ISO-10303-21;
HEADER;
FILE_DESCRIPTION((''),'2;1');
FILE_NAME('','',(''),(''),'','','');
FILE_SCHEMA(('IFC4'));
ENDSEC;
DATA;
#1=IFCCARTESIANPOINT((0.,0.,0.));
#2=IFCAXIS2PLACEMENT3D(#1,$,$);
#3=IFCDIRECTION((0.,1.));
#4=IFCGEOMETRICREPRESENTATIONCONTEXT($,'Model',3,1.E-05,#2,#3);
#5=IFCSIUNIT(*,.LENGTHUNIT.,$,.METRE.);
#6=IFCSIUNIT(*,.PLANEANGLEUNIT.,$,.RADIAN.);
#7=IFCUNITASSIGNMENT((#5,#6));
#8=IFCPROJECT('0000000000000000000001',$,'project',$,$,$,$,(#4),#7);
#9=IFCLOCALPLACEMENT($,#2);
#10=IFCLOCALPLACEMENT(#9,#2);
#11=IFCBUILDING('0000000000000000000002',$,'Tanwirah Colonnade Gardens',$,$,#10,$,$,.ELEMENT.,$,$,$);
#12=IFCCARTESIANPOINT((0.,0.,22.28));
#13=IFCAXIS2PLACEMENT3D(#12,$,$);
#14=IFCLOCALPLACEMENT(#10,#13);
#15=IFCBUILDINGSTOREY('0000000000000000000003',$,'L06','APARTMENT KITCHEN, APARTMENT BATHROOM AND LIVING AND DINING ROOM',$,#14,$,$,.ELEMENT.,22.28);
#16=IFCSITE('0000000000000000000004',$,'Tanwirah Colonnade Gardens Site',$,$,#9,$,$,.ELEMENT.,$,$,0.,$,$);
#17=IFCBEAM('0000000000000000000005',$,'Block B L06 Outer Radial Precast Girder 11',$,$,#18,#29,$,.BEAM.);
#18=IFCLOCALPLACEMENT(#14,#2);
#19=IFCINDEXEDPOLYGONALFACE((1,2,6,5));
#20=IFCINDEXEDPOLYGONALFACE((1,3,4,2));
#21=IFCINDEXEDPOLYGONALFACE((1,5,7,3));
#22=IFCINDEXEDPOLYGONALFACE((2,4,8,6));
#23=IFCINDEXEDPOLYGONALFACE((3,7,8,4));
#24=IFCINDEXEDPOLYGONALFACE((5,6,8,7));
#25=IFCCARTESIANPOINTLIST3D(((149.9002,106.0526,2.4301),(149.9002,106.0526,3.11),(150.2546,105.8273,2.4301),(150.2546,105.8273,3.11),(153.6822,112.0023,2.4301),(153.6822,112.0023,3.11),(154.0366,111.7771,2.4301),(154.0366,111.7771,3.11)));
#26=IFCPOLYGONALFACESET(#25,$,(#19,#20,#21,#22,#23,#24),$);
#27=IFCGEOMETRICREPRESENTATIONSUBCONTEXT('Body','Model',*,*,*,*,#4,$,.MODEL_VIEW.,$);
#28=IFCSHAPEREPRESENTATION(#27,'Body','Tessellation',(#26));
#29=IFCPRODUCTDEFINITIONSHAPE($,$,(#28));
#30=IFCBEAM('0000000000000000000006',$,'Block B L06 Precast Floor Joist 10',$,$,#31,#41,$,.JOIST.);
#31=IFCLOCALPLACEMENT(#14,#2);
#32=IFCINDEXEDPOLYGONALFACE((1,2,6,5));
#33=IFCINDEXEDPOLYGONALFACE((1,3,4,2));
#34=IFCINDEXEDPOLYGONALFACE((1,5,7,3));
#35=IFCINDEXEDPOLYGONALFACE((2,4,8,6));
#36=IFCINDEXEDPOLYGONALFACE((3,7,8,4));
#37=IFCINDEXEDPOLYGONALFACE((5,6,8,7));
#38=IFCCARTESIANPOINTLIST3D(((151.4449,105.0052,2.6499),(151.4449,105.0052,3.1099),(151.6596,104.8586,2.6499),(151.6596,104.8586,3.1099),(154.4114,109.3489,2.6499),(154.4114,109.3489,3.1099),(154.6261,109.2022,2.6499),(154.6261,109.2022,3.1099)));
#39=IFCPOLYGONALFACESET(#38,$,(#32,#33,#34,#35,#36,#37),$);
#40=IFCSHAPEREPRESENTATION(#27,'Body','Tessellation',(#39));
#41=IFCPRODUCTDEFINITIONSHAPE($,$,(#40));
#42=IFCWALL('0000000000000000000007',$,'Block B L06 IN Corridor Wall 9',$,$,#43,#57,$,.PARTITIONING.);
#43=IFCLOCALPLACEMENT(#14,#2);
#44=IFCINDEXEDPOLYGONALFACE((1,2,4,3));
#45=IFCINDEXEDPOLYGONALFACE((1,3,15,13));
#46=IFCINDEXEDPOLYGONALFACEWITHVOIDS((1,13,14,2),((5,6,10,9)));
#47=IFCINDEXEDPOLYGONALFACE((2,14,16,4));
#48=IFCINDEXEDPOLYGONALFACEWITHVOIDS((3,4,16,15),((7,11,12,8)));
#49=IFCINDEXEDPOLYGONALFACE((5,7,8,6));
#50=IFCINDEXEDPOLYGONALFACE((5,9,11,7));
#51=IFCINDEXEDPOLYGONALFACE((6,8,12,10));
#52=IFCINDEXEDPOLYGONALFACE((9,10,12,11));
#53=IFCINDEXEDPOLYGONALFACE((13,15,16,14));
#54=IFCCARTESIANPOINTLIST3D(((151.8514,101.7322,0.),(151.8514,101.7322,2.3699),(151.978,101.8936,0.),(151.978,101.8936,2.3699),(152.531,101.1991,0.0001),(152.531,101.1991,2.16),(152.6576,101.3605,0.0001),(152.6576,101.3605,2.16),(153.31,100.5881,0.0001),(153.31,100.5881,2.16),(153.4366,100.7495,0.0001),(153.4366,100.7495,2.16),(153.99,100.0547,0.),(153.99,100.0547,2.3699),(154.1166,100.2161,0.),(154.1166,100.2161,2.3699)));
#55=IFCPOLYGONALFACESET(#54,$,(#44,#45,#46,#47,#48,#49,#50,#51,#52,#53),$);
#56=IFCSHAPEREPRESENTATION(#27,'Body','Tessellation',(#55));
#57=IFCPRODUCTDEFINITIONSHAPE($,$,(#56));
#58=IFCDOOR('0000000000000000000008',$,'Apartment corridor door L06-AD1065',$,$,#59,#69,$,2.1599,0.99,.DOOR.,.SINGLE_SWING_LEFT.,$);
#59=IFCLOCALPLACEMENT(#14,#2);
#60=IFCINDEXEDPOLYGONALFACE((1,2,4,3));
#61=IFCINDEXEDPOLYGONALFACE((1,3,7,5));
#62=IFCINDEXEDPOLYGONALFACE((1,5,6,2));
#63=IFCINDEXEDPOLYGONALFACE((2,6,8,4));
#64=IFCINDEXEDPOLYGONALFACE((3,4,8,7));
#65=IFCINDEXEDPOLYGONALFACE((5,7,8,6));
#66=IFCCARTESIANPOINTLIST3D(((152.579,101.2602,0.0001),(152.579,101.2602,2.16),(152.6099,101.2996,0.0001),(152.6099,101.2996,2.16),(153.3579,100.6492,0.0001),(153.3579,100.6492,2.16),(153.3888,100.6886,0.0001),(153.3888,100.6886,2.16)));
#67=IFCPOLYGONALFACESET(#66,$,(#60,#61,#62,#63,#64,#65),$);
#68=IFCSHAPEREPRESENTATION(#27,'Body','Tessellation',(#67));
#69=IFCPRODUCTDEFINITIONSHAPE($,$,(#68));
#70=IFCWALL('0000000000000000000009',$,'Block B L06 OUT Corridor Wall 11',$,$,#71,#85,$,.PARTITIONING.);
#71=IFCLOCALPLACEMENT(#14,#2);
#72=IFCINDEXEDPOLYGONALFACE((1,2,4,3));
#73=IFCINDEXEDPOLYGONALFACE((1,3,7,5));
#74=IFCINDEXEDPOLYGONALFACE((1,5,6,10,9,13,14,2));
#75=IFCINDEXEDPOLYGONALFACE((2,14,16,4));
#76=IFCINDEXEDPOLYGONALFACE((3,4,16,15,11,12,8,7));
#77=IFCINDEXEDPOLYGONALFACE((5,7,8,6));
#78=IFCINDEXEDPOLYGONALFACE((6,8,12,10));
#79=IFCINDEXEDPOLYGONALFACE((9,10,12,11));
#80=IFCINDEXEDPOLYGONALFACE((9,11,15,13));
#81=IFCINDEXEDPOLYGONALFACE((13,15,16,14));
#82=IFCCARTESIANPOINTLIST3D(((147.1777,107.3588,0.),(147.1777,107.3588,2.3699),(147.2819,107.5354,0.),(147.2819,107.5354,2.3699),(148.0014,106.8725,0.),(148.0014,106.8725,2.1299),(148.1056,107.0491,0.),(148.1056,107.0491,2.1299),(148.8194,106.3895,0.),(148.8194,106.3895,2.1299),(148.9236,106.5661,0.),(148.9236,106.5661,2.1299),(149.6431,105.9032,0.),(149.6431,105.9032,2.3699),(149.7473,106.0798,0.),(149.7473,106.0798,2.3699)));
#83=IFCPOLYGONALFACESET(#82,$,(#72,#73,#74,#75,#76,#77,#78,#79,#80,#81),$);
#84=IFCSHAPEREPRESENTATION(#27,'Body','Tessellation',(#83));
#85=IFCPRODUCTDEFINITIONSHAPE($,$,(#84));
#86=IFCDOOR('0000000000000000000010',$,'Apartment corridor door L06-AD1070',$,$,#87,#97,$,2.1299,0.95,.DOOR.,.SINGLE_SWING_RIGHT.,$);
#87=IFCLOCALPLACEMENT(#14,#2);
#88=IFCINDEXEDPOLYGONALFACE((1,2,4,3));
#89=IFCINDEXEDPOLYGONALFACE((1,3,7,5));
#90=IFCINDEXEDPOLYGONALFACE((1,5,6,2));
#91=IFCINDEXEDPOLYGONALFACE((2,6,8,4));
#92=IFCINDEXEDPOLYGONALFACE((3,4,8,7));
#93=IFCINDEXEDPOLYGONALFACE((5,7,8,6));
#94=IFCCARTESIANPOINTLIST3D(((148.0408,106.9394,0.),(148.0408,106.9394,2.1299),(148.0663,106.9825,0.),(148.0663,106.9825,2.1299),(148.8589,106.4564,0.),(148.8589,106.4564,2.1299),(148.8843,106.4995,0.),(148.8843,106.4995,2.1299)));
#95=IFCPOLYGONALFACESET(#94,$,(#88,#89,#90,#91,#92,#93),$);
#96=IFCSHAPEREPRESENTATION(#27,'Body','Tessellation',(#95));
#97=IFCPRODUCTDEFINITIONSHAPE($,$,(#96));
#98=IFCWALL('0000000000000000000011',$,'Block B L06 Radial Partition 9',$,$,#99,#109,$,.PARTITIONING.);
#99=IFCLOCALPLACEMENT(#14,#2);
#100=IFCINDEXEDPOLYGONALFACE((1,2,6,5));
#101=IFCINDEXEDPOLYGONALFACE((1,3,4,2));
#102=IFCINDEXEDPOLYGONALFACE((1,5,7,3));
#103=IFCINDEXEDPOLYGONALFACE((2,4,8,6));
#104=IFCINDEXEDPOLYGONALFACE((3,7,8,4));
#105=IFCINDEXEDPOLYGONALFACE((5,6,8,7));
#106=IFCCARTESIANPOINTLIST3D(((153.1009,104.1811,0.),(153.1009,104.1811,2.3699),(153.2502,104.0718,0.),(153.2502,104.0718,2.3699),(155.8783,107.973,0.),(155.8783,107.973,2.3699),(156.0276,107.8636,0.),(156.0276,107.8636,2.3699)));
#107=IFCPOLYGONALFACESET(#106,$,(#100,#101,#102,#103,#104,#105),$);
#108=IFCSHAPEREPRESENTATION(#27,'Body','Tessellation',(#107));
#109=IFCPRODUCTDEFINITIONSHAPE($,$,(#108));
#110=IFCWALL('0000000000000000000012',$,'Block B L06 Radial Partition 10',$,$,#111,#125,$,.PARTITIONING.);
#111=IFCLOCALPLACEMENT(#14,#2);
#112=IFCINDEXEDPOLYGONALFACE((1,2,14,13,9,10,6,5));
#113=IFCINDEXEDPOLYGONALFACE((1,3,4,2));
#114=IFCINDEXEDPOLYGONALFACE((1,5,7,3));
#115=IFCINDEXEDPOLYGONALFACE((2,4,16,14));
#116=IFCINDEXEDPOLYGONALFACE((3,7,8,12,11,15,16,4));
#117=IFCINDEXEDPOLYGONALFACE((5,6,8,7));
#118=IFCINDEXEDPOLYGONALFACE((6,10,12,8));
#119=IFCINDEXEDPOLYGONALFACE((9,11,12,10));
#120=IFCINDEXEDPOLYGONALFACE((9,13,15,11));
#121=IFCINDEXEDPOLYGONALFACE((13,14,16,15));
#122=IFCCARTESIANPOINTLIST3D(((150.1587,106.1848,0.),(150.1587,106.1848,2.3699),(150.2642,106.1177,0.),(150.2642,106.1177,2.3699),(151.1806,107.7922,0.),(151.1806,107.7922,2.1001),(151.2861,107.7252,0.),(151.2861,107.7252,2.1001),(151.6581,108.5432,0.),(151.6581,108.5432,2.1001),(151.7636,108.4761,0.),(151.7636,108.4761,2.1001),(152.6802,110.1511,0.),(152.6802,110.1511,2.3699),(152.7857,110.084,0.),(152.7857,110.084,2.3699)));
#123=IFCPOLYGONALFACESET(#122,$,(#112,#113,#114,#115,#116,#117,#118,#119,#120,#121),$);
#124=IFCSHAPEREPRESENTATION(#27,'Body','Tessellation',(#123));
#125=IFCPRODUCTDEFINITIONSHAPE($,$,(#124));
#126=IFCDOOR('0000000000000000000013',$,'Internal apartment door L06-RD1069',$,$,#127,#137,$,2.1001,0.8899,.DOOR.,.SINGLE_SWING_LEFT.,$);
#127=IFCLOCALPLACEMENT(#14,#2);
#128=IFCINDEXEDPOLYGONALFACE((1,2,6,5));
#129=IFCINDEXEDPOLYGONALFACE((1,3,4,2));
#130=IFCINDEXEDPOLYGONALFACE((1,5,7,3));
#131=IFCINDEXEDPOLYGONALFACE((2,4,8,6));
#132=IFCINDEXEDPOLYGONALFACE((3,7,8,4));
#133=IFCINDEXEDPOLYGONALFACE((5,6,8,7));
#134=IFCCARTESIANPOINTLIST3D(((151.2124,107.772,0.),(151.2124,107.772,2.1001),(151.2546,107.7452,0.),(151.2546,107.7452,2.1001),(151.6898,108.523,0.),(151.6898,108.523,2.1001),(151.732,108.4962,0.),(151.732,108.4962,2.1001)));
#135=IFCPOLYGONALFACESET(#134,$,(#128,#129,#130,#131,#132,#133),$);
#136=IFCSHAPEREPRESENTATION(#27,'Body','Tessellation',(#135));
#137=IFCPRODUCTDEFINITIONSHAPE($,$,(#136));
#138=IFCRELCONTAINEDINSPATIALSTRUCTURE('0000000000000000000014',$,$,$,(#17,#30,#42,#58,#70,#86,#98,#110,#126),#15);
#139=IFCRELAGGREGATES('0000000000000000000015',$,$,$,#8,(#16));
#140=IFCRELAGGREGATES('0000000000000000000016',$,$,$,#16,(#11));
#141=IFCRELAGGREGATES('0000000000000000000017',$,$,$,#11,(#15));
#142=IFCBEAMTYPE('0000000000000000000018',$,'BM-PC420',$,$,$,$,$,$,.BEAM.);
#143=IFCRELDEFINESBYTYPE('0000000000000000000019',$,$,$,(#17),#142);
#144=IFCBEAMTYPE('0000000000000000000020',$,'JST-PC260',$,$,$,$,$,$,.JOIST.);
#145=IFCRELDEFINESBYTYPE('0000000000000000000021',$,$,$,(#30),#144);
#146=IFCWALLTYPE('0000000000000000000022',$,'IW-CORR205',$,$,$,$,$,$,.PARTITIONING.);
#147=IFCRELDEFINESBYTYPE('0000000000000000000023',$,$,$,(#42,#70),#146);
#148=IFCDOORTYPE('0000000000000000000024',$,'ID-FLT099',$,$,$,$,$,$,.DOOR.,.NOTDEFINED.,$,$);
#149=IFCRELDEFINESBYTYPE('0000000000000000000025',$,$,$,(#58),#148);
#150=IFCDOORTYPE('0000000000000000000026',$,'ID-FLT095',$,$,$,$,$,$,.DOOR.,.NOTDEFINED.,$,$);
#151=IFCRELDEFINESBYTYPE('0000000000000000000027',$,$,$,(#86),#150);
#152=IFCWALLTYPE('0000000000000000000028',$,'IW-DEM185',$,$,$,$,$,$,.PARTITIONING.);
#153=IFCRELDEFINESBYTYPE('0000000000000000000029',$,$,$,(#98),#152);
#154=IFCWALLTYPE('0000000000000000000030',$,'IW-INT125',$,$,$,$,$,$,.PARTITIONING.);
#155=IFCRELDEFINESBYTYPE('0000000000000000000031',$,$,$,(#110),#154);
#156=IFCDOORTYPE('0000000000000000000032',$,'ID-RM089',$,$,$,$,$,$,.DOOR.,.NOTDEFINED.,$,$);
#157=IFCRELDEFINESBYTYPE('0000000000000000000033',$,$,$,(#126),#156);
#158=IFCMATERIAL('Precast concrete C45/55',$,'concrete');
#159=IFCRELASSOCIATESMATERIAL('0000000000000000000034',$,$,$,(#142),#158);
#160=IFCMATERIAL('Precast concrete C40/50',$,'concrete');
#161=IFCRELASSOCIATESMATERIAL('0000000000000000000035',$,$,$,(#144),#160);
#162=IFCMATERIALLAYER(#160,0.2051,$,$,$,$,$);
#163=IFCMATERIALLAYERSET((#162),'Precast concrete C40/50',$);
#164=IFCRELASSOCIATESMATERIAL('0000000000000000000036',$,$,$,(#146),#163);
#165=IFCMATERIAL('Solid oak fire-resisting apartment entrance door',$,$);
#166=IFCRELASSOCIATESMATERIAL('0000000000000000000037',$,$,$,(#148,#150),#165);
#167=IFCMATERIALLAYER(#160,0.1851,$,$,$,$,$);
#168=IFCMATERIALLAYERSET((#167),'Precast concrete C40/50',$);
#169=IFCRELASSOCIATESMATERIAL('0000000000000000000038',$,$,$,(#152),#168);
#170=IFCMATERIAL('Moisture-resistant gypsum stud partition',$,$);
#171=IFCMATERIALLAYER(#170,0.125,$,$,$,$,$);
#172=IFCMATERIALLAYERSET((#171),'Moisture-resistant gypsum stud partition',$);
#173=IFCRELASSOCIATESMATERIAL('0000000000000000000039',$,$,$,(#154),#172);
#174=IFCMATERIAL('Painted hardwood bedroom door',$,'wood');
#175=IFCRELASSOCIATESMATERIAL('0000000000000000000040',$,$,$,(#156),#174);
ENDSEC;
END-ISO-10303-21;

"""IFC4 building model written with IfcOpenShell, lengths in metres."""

from ifc_helpers import new_model, si_unit, direction, frame, frame_2d, origin, origin_2d, place, context, subcontext, project, spatial, rectangle, extrude, material, layer, layer_set, material_profile, profile_set, type_object, element, fill, save


model = new_model("IFC4")

# Units and contexts
model_context = context("Model", 3, precision=1e-05, world=origin(), true_north=direction((0.0, 1.0)))
body_context = subcontext(model_context, "Body", "Model", "MODEL_VIEW")
ifc_project = project(units=[si_unit("LENGTHUNIT", "METRE"), si_unit("PLANEANGLEUNIT", "RADIAN")], contexts=[model_context])

# Site, building, storey
site_placement = place(None, origin())
site = spatial("IfcSite", under=ifc_project, at=site_placement, Name="Tanwirah Colonnade Gardens Site", CompositionType="ELEMENT", RefElevation=0.0)
building_placement = place(site_placement, origin())
building = spatial("IfcBuilding", under=site, at=building_placement, Name="Tanwirah Colonnade Gardens", CompositionType="ELEMENT")
storey_placement = place(building_placement, frame((0.0, 0.0, 22.28)))
storey = spatial("IfcBuildingStorey", under=building, at=storey_placement, Name="L06", Description="APARTMENT KITCHEN, APARTMENT BATHROOM AND LIVING AND DINING ROOM", CompositionType="ELEMENT", Elevation=22.28)

# Shared definitions
ifc_material_1 = material(Name="Precast concrete C45/55", Category="concrete")

# Beams
ifc_material_2 = material(Name="Precast concrete C40/50", Category="concrete")
ifc_material_profile_1 = material_profile(ifc_material_1, rectangle(XDim=0.4199, YDim=0.6799, at=origin_2d()), Name="PC-BM 420x680")
ifc_profile_set_1 = profile_set([ifc_material_profile_1], Name="Precast concrete C45/55")
beam_type_1 = type_object("IfcBeamType", Name="BM-PC420", PredefinedType="BEAM", material=ifc_profile_set_1)
beam_1_placement = place(storey_placement, frame((150.0774, 105.9399, 2.77), z_axis=(0.536452, 0.843931, 0.0), x_axis=(-0.843931, 0.536452, 0.0)))
element("IfcBeam", 1, at=beam_1_placement, inside=storey, type_object=beam_type_1, Name="Block B L06 Outer Radial Precast Girder 11", PredefinedType="BEAM", context=body_context, shape_type="SweptSolid", body=[
    extrude(rectangle(XDim=0.4199, YDim=0.6799, at=origin_2d()), origin(), (0.0, 0.0, 1.0), 7.05),
])
ifc_material_profile_2 = material_profile(ifc_material_2, rectangle(XDim=0.26, YDim=0.46, at=origin_2d()), Name="PC-JST 260x460")
ifc_profile_set_2 = profile_set([ifc_material_profile_2], Name="Precast concrete C40/50")
beam_type_2 = type_object("IfcBeamType", Name="JST-PC260", PredefinedType="JOIST", material=ifc_profile_set_2)
beam_2_placement = place(storey_placement, frame((151.5522, 104.9319, 2.8799), z_axis=(0.563973, 0.825793, 0.0), x_axis=(-0.825793, 0.563973, 0.0)))
element("IfcBeam", 2, at=beam_2_placement, inside=storey, type_object=beam_type_2, Name="Block B L06 Precast Floor Joist 10", PredefinedType="JOIST", context=body_context, shape_type="SweptSolid", body=[
    extrude(rectangle(XDim=0.26, YDim=0.46, at=origin_2d()), origin(), (0.0, 0.0, 1.0), 5.26),
])

# Walls, openings, doors
ifc_layer_1 = layer(ifc_material_2, 0.2051)
ifc_layer_set_1 = layer_set([ifc_layer_1], Name="Precast concrete C40/50")
wall_type_1 = type_object("IfcWallType", Name="IW-CORR205", PredefinedType="PARTITIONING", material=ifc_layer_set_1)
wall_1_placement = place(storey_placement, frame((154.0532, 100.1355, 0.0), z_axis=(0.0, 0.0, 1.0), x_axis=(-0.786835, 0.617163, 0.0)))
wall_1 = element("IfcWall", 3, at=wall_1_placement, inside=storey, type_object=wall_type_1, Name="Block B L06 IN Corridor Wall 9", PredefinedType="PARTITIONING", context=body_context, shape_type="SweptSolid", body=[
    extrude(rectangle(XDim=2.718, YDim=0.2051, at=frame_2d((1.3589, 0.0))), origin(), (0.0, 0.0, 1.0), 2.3699),
])
opening_1_placement = place(wall_1_placement, frame((0.864, 0.0, 0.0)))
opening_1 = element("IfcOpeningElement", 4, at=opening_1_placement, cuts=wall_1, PredefinedType="OPENING", context=body_context, shape_type="SweptSolid", body=[
    extrude(rectangle(XDim=0.99, YDim=2.1599, at=frame_2d((0.4951, 1.0801))), frame((0.0, 0.1125, 0.0), z_axis=(0.0, -1.0, 0.0), x_axis=(1.0, 0.0, 0.0)), (0.0, 0.0, 1.0), 0.2251),
])
ifc_material_3 = material(Name="Solid oak fire-resisting apartment entrance door")
door_type_1 = type_object("IfcDoorType", Name="ID-FLT099", OperationType="NOTDEFINED", PredefinedType="DOOR", material=ifc_material_3)
door_1_placement = place(opening_1_placement, origin())
door_1 = element("IfcDoor", 5, at=door_1_placement, inside=storey, type_object=door_type_1, Name="Apartment corridor door L06-AD1065", OperationType="SINGLE_SWING_LEFT", OverallHeight=2.1599, OverallWidth=0.99, PredefinedType="DOOR", context=body_context, shape_type="SweptSolid", body=[
    extrude(rectangle(XDim=0.99, YDim=2.1599, at=frame_2d((0.4951, 1.0801))), frame((0.0, 0.0249, 0.0), z_axis=(0.0, -1.0, 0.0), x_axis=(1.0, 0.0, 0.0)), (0.0, 0.0, 1.0), 0.05),
])
fill(opening_1, door_1)
wall_2_placement = place(storey_placement, frame((149.6953, 105.9915, 0.0), z_axis=(0.0, 0.0, 1.0), x_axis=(-0.861113, 0.508413, 0.0)))
wall_2 = element("IfcWall", 6, at=wall_2_placement, inside=storey, type_object=wall_type_1, Name="Block B L06 OUT Corridor Wall 11", PredefinedType="PARTITIONING", context=body_context, shape_type="SweptSolid", body=[
    extrude(rectangle(XDim=2.863, YDim=0.2051, at=frame_2d((1.4316, 0.0))), origin(), (0.0, 0.0, 1.0), 2.3699),
])
opening_2_placement = place(wall_2_placement, frame((0.9565, 0.0, 0.0)))
opening_2 = element("IfcOpeningElement", 7, at=opening_2_placement, cuts=wall_2, PredefinedType="OPENING", context=body_context, shape_type="SweptSolid", body=[
    extrude(rectangle(XDim=0.95, YDim=2.1299, at=frame_2d((0.4751, 1.0649))), frame((0.0, 0.1125, 0.0), z_axis=(0.0, -1.0, 0.0), x_axis=(1.0, 0.0, 0.0)), (0.0, 0.0, 1.0), 0.2251),
])
door_type_2 = type_object("IfcDoorType", Name="ID-FLT095", OperationType="NOTDEFINED", PredefinedType="DOOR", material=ifc_material_3)
door_2_placement = place(opening_2_placement, origin())
door_2 = element("IfcDoor", 8, at=door_2_placement, inside=storey, type_object=door_type_2, Name="Apartment corridor door L06-AD1070", OperationType="SINGLE_SWING_RIGHT", OverallHeight=2.1299, OverallWidth=0.95, PredefinedType="DOOR", context=body_context, shape_type="SweptSolid", body=[
    extrude(rectangle(XDim=0.95, YDim=2.1299, at=frame_2d((0.4751, 1.0649))), frame((0.0, 0.0249, 0.0), z_axis=(0.0, -1.0, 0.0), x_axis=(1.0, 0.0, 0.0)), (0.0, 0.0, 1.0), 0.05),
])
fill(opening_2, door_2)

# Wall
ifc_layer_2 = layer(ifc_material_2, 0.1851)
ifc_layer_set_2 = layer_set([ifc_layer_2], Name="Precast concrete C40/50")
wall_type_2 = type_object("IfcWallType", Name="IW-DEM185", PredefinedType="PARTITIONING", material=ifc_layer_set_2)
wall_3_placement = place(storey_placement, frame((153.1755, 104.1265, 0.0), z_axis=(0.0, 0.0, 1.0), x_axis=(0.590911, 0.806737, 0.0)))
element("IfcWall", 9, at=wall_3_placement, inside=storey, type_object=wall_type_2, Name="Block B L06 Radial Partition 9", PredefinedType="PARTITIONING", context=body_context, shape_type="SweptSolid", body=[
    extrude(rectangle(XDim=4.7002, YDim=0.1851, at=frame_2d((2.3501, 0.0))), origin(), (0.0, 0.0, 1.0), 2.3699),
])

# Wall, opening, door
ifc_material_4 = material(Name="Moisture-resistant gypsum stud partition")
ifc_layer_3 = layer(ifc_material_4, 0.125)
ifc_layer_set_3 = layer_set([ifc_layer_3], Name="Moisture-resistant gypsum stud partition")
wall_type_3 = type_object("IfcWallType", Name="IW-INT125", PredefinedType="PARTITIONING", material=ifc_layer_set_3)
wall_4_placement = place(storey_placement, frame((150.2114, 106.1511, 0.0), z_axis=(0.0, 0.0, 1.0), x_axis=(0.536492, 0.843905, 0.0)))
wall_4 = element("IfcWall", 10, at=wall_4_placement, inside=storey, type_object=wall_type_3, Name="Block B L06 Radial Partition 10", PredefinedType="PARTITIONING", context=body_context, shape_type="SweptSolid", body=[
    extrude(rectangle(XDim=4.7, YDim=0.125, at=frame_2d((2.3501, 0.0))), origin(), (0.0, 0.0, 1.0), 2.3699),
])
opening_3_placement = place(wall_4_placement, frame((1.905, 0.0, 0.0)))
opening_3 = element("IfcOpeningElement", 11, at=opening_3_placement, cuts=wall_4, PredefinedType="OPENING", context=body_context, shape_type="SweptSolid", body=[
    extrude(rectangle(XDim=0.8899, YDim=2.1001, at=frame_2d((0.4448, 1.05))), frame((0.0, 0.0725, 0.0), z_axis=(0.0, -1.0, 0.0), x_axis=(1.0, 0.0, 0.0)), (0.0, 0.0, 1.0), 0.145),
])
ifc_material_5 = material(Name="Painted hardwood bedroom door", Category="wood")
door_type_3 = type_object("IfcDoorType", Name="ID-RM089", OperationType="NOTDEFINED", PredefinedType="DOOR", material=ifc_material_5)
door_3_placement = place(opening_3_placement, origin())
door_3 = element("IfcDoor", 12, at=door_3_placement, inside=storey, type_object=door_type_3, Name="Internal apartment door L06-RD1069", OperationType="SINGLE_SWING_LEFT", OverallHeight=2.1001, OverallWidth=0.8899, PredefinedType="DOOR", context=body_context, shape_type="SweptSolid", body=[
    extrude(rectangle(XDim=0.8899, YDim=2.1001, at=frame_2d((0.4448, 1.05))), frame((0.0, 0.0249, 0.0), z_axis=(0.0, -1.0, 0.0), x_axis=(1.0, 0.0, 0.0)), (0.0, 0.0, 1.0), 0.05),
])
fill(opening_3, door_3)

save(model, "model.ifc")
